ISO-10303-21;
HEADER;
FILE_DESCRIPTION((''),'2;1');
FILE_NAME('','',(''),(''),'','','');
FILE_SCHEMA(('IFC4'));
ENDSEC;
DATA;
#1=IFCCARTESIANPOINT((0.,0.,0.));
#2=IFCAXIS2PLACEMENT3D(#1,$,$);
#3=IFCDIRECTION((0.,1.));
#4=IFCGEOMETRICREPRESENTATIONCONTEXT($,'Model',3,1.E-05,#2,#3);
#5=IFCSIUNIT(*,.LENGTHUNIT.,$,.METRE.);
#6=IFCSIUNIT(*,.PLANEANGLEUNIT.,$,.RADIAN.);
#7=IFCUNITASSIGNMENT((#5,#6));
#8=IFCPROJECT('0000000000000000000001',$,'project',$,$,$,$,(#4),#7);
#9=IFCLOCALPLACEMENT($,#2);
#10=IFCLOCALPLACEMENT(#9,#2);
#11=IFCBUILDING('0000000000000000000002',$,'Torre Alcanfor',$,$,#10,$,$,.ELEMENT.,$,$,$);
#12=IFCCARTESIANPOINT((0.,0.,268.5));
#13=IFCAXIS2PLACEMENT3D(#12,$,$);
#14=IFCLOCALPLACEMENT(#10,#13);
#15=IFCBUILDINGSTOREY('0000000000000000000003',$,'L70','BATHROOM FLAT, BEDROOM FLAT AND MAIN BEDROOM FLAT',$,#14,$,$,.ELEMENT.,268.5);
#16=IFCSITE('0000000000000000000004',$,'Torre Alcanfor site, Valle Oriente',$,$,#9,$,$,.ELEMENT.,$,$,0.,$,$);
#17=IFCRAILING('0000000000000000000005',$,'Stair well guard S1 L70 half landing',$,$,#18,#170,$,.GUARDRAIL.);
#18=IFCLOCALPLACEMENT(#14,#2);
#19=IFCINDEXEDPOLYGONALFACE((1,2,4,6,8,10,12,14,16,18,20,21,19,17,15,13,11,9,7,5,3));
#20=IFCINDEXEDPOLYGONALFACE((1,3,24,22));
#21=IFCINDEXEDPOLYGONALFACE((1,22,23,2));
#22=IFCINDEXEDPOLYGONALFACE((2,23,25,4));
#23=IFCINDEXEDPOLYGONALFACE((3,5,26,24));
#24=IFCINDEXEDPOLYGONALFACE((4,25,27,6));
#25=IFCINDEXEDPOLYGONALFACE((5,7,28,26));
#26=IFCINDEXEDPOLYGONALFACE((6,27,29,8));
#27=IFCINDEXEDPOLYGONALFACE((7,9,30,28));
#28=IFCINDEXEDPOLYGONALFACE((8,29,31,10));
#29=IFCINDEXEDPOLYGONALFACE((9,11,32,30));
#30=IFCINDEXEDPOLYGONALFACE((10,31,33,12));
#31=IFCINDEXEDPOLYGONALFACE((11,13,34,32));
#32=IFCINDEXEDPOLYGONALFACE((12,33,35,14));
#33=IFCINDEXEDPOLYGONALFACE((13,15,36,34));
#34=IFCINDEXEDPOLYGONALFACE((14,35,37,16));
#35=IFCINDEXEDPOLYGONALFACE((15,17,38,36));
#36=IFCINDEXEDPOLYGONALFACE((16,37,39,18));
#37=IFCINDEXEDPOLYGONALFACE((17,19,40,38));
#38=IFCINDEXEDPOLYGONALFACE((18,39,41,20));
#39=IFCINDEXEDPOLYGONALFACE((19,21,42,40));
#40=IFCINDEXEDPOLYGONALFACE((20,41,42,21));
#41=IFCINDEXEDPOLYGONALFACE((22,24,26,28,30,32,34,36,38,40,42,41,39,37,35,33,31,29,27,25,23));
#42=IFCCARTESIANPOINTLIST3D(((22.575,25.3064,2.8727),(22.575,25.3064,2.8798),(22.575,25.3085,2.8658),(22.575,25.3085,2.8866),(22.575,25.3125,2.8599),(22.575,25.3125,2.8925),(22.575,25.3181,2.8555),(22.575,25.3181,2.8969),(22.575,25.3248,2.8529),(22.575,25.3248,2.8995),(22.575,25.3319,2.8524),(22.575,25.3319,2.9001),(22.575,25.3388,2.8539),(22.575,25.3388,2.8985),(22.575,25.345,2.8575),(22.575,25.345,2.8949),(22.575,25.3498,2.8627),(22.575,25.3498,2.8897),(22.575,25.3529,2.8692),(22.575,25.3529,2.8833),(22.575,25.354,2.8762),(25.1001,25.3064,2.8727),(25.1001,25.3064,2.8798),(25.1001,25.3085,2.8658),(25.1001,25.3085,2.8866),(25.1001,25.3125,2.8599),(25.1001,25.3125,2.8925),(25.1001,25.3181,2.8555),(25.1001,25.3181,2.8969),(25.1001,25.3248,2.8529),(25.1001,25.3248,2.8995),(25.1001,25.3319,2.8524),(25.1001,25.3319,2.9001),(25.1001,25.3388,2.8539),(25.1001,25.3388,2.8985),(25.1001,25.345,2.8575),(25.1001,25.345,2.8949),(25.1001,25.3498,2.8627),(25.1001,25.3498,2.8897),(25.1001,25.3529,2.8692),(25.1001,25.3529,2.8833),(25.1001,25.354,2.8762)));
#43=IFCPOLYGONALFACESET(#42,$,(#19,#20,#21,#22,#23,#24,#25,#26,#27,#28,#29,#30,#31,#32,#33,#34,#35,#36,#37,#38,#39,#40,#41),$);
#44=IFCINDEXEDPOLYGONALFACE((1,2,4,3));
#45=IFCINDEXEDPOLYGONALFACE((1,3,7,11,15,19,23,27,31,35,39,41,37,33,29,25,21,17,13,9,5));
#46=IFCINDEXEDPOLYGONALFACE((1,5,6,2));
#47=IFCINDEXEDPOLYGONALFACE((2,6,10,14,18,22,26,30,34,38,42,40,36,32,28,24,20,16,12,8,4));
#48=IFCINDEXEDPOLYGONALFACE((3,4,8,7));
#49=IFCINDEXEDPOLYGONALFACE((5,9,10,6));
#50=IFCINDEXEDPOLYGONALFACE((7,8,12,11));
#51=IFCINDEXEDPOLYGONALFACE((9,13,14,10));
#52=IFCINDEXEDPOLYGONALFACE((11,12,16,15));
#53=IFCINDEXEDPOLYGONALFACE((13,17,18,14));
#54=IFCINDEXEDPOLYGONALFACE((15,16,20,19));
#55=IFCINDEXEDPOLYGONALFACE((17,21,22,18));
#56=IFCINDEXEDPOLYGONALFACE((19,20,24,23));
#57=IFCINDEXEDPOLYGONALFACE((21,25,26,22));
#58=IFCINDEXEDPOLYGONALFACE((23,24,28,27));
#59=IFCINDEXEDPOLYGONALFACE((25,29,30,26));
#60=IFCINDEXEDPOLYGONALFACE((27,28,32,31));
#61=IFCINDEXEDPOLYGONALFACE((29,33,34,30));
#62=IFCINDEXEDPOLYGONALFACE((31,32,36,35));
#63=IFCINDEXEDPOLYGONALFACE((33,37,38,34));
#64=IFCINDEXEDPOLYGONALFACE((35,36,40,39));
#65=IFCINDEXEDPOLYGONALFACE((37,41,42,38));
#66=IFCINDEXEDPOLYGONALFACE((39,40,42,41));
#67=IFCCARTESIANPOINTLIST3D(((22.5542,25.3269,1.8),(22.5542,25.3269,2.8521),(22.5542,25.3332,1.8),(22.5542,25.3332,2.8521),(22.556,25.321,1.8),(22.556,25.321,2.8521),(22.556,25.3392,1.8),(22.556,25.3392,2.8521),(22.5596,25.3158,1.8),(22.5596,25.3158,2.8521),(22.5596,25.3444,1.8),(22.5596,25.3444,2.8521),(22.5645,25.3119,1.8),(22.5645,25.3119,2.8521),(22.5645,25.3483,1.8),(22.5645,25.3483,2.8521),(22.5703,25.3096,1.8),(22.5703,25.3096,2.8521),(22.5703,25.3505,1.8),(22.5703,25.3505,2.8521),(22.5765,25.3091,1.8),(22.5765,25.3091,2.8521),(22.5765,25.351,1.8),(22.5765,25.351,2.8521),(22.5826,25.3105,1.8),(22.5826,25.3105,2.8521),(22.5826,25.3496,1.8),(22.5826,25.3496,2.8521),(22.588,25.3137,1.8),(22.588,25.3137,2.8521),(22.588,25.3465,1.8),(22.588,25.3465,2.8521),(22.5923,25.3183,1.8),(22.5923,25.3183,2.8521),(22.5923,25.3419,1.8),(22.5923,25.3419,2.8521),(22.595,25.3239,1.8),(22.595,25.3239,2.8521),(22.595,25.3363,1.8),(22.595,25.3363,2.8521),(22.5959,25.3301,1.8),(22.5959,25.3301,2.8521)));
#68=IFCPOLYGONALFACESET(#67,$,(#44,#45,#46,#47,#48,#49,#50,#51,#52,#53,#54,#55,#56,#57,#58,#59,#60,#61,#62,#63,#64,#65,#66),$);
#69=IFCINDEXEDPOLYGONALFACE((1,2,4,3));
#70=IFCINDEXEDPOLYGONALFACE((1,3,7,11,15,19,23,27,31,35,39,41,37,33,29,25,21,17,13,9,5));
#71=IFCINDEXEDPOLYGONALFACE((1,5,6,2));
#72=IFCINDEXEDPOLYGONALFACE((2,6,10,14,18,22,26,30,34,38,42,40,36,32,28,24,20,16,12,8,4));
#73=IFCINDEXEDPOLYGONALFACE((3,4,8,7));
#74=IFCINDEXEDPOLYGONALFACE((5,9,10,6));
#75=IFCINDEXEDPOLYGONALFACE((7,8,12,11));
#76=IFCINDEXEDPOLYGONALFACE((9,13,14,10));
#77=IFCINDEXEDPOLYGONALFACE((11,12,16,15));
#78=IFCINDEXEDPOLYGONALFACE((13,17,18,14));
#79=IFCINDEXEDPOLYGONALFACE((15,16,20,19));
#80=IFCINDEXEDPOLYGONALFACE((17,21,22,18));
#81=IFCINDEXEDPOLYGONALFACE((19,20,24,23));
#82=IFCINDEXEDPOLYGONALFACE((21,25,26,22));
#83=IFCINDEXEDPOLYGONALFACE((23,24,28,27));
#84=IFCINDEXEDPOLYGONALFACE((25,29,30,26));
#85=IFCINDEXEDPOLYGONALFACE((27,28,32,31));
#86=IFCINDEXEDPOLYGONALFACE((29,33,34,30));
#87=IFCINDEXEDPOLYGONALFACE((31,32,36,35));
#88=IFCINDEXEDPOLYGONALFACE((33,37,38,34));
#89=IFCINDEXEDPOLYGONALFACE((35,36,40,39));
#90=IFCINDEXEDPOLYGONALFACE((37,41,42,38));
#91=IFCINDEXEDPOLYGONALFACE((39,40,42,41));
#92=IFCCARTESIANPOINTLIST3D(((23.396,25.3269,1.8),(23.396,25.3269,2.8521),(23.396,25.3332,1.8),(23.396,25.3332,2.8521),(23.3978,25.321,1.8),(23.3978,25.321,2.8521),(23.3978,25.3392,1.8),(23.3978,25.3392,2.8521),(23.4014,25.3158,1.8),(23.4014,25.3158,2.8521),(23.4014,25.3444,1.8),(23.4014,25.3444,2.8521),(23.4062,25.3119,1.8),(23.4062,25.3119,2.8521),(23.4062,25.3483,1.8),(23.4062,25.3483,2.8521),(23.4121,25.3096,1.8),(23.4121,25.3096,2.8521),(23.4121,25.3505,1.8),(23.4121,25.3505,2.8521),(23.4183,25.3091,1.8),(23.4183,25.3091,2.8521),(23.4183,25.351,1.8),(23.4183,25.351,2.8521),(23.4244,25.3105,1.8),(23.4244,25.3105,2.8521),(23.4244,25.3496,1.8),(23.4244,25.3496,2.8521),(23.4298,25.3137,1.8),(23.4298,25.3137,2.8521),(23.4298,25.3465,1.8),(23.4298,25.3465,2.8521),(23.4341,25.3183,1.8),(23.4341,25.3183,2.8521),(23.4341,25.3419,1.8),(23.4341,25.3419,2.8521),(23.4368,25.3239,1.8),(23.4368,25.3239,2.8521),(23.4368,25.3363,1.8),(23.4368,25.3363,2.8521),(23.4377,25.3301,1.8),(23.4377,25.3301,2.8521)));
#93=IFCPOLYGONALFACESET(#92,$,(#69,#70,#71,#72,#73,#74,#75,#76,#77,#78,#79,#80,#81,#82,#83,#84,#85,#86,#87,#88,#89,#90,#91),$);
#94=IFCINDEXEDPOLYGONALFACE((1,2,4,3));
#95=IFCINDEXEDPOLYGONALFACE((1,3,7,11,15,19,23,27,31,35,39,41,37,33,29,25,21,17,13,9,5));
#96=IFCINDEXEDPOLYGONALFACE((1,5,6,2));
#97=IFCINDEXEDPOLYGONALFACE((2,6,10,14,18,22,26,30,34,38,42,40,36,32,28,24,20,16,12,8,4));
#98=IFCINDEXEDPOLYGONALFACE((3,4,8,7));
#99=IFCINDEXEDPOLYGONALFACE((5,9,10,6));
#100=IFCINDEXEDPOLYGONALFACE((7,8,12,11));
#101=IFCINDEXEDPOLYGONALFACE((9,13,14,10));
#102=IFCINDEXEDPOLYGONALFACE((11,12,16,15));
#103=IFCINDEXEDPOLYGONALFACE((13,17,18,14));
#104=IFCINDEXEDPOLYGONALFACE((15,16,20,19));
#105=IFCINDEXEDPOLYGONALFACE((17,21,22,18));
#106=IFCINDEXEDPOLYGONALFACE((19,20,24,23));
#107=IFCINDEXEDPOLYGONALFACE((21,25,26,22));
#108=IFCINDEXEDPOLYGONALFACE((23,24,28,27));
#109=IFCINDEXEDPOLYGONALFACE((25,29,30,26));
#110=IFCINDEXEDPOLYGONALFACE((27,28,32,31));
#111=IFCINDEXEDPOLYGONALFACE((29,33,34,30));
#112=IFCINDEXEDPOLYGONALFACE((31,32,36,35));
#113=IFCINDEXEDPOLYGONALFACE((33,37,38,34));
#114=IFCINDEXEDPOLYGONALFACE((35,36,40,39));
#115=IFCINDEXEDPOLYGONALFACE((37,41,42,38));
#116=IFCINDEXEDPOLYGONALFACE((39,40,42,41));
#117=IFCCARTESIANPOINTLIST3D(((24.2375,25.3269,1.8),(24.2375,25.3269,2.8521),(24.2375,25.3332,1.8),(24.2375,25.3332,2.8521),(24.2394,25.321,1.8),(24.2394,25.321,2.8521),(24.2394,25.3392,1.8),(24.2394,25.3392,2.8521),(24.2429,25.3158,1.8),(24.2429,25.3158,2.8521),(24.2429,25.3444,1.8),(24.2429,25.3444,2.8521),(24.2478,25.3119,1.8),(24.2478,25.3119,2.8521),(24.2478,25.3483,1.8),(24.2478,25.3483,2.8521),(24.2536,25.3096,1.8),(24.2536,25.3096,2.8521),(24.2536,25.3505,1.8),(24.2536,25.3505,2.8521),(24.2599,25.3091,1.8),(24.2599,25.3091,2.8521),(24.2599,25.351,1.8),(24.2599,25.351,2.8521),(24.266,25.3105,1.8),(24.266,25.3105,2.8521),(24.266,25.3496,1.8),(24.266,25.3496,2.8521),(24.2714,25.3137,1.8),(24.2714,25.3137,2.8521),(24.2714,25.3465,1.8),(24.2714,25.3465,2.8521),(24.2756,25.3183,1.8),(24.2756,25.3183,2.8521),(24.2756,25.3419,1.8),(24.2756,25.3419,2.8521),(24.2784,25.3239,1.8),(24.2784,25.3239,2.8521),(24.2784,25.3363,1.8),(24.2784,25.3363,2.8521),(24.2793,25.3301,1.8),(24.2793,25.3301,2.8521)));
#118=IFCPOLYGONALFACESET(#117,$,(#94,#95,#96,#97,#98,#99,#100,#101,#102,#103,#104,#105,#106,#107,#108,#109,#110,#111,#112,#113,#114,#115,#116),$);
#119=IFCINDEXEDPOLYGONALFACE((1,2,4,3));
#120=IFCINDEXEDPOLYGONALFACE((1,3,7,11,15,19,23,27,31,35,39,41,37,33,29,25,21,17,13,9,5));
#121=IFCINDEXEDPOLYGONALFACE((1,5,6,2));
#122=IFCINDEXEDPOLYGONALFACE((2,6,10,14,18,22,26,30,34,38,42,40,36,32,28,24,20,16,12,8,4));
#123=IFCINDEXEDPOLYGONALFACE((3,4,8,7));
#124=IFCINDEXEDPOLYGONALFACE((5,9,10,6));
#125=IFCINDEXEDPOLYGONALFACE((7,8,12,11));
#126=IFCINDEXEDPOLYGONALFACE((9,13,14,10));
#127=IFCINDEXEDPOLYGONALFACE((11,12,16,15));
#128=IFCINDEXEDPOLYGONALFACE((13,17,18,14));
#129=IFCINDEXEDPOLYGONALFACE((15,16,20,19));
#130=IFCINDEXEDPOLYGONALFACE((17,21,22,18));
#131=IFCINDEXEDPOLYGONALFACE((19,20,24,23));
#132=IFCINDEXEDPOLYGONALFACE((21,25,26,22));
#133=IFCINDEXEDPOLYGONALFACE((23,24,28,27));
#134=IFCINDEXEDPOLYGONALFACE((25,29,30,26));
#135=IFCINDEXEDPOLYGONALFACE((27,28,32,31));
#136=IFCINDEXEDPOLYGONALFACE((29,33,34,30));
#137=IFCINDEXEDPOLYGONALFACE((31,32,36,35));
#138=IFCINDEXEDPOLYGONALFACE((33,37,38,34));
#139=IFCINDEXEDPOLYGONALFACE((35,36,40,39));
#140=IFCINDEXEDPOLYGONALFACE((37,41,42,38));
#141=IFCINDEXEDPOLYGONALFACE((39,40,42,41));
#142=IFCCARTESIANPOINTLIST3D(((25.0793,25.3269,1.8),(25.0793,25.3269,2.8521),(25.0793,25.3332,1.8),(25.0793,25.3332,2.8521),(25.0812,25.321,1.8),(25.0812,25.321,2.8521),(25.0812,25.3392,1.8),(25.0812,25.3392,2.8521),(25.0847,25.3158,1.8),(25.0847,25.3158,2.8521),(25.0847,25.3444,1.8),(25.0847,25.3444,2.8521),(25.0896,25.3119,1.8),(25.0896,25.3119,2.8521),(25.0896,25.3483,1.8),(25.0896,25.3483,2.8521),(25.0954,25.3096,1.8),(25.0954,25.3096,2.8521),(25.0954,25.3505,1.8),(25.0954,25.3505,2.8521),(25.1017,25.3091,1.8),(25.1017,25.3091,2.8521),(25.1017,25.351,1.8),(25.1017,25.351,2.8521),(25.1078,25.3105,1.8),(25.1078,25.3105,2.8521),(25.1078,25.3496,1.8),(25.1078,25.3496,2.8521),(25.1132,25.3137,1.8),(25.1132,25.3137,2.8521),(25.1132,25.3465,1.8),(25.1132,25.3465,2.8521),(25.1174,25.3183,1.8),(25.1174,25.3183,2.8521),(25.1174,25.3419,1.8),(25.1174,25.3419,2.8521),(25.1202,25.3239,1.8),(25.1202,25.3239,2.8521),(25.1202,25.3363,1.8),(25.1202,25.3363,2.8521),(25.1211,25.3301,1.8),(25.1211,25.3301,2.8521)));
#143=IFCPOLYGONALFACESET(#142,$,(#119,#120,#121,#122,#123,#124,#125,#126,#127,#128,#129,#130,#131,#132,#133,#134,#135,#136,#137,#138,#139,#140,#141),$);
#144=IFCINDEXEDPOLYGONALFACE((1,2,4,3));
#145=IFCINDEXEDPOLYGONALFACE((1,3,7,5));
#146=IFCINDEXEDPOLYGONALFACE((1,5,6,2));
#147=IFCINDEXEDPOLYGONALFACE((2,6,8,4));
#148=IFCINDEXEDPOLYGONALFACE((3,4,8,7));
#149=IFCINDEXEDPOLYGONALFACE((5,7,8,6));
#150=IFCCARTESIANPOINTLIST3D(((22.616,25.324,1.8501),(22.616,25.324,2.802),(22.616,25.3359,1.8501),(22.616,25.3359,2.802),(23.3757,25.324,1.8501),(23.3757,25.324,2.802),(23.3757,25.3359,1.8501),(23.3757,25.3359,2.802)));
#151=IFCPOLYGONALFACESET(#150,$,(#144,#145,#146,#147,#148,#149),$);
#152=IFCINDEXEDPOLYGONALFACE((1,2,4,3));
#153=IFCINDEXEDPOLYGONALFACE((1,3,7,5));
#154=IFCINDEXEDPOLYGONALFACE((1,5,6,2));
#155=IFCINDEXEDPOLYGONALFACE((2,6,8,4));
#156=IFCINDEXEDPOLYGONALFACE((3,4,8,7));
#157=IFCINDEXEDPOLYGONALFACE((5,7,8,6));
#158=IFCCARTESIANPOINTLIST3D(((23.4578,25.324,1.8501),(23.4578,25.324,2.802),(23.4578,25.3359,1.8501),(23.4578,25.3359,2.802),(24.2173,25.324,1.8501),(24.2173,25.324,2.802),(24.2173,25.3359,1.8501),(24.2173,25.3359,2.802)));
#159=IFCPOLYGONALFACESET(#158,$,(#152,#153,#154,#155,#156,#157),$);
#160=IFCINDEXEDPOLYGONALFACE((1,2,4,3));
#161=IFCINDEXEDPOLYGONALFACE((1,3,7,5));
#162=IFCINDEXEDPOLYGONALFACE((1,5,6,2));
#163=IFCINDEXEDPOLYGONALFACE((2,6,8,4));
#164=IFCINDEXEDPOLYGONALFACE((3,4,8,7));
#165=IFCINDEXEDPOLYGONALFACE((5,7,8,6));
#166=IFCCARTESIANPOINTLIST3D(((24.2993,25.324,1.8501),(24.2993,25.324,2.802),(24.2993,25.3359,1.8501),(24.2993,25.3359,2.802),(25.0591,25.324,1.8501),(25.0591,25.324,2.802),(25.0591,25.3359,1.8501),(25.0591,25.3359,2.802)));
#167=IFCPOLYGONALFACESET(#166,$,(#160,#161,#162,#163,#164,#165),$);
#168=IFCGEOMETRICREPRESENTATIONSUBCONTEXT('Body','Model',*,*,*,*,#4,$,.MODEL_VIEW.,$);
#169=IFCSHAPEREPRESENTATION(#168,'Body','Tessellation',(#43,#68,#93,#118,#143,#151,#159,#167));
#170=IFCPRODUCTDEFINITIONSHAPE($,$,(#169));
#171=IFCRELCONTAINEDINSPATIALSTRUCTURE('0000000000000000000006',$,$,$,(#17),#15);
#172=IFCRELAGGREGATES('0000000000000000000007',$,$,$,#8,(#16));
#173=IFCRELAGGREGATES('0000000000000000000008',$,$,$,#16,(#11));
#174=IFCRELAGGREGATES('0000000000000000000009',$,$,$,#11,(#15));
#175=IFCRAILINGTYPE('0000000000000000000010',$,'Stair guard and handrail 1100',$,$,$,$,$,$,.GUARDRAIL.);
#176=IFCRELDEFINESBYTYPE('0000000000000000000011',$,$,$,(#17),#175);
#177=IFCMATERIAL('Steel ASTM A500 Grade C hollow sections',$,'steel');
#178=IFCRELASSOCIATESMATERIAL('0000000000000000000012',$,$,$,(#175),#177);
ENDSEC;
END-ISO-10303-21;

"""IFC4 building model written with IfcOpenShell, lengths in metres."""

from ifc_helpers import new_model, si_unit, direction, frame, origin, origin_2d, place, context, subcontext, project, spatial, polyline, circle, outline, extrude, material, type_object, element, save


model = new_model("IFC4")

# Units and contexts
model_context = context("Model", 3, precision=1e-05, world=origin(), true_north=direction((0.0, 1.0)))
body_context = subcontext(model_context, "Body", "Model", "MODEL_VIEW")
ifc_project = project(units=[si_unit("LENGTHUNIT", "METRE"), si_unit("PLANEANGLEUNIT", "RADIAN")], contexts=[model_context])

# Site, building, storey
site_placement = place(None, origin())
site = spatial("IfcSite", under=ifc_project, at=site_placement, Name="Torre Alcanfor site, Valle Oriente", CompositionType="ELEMENT", RefElevation=0.0)
building_placement = place(site_placement, origin())
building = spatial("IfcBuilding", under=site, at=building_placement, Name="Torre Alcanfor", CompositionType="ELEMENT")
storey_placement = place(building_placement, frame((0.0, 0.0, 268.5)))
storey = spatial("IfcBuildingStorey", under=building, at=storey_placement, Name="L70", Description="BATHROOM FLAT, BEDROOM FLAT AND MAIN BEDROOM FLAT", CompositionType="ELEMENT", Elevation=268.5)

# Railing
ifc_material_1 = material(Name="Steel ASTM A500 Grade C hollow sections", Category="steel")
railing_type_1 = type_object("IfcRailingType", Name="Stair guard and handrail 1100", PredefinedType="GUARDRAIL", material=ifc_material_1)
railing_1_placement = place(storey_placement, frame((22.575, 25.3301, 1.8)))
element("IfcRailing", 1, at=railing_1_placement, inside=storey, type_object=railing_type_1, Name="Stair well guard S1 L70 half landing", PredefinedType="GUARDRAIL", context=body_context, shape_type="SweptSolid", body=[
    extrude(circle(Radius=0.0239, at=origin_2d()), frame((0.0, 0.0, 1.0762), z_axis=(1.0, 0.0, 0.0), x_axis=(0.0, 1.0, 0.0)), (0.0, 0.0, 1.0), 2.5251),
    extrude(circle(Radius=0.021, at=origin_2d()), origin(), (0.0, 0.0, 1.0), 1.052),
    extrude(circle(Radius=0.021, at=origin_2d()), frame((0.8418, 0.0, 0.0)), (0.0, 0.0, 1.0), 1.052),
    extrude(circle(Radius=0.021, at=origin_2d()), frame((1.6833, 0.0, 0.0)), (0.0, 0.0, 1.0), 1.052),
    extrude(circle(Radius=0.021, at=origin_2d()), frame((2.5251, 0.0, 0.0)), (0.0, 0.0, 1.0), 1.052),
    extrude(outline(polyline([(0.041, 0.05), (0.8008, 0.05), (0.8008, 1.002), (0.041, 1.002), (0.041, 0.05)])), frame((0.0, 0.0059, 0.0), z_axis=(0.0, -1.0, 0.0), x_axis=(1.0, 0.0, 0.0)), (0.0, 0.0, 1.0), 0.012),
    extrude(outline(polyline([(0.8828, 0.05), (1.6423, 0.05), (1.6423, 1.002), (0.8828, 1.002), (0.8828, 0.05)])), frame((0.0, 0.0059, 0.0), z_axis=(0.0, -1.0, 0.0), x_axis=(1.0, 0.0, 0.0)), (0.0, 0.0, 1.0), 0.012),
    extrude(outline(polyline([(1.7244, 0.05), (2.4841, 0.05), (2.4841, 1.002), (1.7244, 1.002), (1.7244, 0.05)])), frame((0.0, 0.0059, 0.0), z_axis=(0.0, -1.0, 0.0), x_axis=(1.0, 0.0, 0.0)), (0.0, 0.0, 1.0), 0.012),
])

save(model, "model.ifc")
